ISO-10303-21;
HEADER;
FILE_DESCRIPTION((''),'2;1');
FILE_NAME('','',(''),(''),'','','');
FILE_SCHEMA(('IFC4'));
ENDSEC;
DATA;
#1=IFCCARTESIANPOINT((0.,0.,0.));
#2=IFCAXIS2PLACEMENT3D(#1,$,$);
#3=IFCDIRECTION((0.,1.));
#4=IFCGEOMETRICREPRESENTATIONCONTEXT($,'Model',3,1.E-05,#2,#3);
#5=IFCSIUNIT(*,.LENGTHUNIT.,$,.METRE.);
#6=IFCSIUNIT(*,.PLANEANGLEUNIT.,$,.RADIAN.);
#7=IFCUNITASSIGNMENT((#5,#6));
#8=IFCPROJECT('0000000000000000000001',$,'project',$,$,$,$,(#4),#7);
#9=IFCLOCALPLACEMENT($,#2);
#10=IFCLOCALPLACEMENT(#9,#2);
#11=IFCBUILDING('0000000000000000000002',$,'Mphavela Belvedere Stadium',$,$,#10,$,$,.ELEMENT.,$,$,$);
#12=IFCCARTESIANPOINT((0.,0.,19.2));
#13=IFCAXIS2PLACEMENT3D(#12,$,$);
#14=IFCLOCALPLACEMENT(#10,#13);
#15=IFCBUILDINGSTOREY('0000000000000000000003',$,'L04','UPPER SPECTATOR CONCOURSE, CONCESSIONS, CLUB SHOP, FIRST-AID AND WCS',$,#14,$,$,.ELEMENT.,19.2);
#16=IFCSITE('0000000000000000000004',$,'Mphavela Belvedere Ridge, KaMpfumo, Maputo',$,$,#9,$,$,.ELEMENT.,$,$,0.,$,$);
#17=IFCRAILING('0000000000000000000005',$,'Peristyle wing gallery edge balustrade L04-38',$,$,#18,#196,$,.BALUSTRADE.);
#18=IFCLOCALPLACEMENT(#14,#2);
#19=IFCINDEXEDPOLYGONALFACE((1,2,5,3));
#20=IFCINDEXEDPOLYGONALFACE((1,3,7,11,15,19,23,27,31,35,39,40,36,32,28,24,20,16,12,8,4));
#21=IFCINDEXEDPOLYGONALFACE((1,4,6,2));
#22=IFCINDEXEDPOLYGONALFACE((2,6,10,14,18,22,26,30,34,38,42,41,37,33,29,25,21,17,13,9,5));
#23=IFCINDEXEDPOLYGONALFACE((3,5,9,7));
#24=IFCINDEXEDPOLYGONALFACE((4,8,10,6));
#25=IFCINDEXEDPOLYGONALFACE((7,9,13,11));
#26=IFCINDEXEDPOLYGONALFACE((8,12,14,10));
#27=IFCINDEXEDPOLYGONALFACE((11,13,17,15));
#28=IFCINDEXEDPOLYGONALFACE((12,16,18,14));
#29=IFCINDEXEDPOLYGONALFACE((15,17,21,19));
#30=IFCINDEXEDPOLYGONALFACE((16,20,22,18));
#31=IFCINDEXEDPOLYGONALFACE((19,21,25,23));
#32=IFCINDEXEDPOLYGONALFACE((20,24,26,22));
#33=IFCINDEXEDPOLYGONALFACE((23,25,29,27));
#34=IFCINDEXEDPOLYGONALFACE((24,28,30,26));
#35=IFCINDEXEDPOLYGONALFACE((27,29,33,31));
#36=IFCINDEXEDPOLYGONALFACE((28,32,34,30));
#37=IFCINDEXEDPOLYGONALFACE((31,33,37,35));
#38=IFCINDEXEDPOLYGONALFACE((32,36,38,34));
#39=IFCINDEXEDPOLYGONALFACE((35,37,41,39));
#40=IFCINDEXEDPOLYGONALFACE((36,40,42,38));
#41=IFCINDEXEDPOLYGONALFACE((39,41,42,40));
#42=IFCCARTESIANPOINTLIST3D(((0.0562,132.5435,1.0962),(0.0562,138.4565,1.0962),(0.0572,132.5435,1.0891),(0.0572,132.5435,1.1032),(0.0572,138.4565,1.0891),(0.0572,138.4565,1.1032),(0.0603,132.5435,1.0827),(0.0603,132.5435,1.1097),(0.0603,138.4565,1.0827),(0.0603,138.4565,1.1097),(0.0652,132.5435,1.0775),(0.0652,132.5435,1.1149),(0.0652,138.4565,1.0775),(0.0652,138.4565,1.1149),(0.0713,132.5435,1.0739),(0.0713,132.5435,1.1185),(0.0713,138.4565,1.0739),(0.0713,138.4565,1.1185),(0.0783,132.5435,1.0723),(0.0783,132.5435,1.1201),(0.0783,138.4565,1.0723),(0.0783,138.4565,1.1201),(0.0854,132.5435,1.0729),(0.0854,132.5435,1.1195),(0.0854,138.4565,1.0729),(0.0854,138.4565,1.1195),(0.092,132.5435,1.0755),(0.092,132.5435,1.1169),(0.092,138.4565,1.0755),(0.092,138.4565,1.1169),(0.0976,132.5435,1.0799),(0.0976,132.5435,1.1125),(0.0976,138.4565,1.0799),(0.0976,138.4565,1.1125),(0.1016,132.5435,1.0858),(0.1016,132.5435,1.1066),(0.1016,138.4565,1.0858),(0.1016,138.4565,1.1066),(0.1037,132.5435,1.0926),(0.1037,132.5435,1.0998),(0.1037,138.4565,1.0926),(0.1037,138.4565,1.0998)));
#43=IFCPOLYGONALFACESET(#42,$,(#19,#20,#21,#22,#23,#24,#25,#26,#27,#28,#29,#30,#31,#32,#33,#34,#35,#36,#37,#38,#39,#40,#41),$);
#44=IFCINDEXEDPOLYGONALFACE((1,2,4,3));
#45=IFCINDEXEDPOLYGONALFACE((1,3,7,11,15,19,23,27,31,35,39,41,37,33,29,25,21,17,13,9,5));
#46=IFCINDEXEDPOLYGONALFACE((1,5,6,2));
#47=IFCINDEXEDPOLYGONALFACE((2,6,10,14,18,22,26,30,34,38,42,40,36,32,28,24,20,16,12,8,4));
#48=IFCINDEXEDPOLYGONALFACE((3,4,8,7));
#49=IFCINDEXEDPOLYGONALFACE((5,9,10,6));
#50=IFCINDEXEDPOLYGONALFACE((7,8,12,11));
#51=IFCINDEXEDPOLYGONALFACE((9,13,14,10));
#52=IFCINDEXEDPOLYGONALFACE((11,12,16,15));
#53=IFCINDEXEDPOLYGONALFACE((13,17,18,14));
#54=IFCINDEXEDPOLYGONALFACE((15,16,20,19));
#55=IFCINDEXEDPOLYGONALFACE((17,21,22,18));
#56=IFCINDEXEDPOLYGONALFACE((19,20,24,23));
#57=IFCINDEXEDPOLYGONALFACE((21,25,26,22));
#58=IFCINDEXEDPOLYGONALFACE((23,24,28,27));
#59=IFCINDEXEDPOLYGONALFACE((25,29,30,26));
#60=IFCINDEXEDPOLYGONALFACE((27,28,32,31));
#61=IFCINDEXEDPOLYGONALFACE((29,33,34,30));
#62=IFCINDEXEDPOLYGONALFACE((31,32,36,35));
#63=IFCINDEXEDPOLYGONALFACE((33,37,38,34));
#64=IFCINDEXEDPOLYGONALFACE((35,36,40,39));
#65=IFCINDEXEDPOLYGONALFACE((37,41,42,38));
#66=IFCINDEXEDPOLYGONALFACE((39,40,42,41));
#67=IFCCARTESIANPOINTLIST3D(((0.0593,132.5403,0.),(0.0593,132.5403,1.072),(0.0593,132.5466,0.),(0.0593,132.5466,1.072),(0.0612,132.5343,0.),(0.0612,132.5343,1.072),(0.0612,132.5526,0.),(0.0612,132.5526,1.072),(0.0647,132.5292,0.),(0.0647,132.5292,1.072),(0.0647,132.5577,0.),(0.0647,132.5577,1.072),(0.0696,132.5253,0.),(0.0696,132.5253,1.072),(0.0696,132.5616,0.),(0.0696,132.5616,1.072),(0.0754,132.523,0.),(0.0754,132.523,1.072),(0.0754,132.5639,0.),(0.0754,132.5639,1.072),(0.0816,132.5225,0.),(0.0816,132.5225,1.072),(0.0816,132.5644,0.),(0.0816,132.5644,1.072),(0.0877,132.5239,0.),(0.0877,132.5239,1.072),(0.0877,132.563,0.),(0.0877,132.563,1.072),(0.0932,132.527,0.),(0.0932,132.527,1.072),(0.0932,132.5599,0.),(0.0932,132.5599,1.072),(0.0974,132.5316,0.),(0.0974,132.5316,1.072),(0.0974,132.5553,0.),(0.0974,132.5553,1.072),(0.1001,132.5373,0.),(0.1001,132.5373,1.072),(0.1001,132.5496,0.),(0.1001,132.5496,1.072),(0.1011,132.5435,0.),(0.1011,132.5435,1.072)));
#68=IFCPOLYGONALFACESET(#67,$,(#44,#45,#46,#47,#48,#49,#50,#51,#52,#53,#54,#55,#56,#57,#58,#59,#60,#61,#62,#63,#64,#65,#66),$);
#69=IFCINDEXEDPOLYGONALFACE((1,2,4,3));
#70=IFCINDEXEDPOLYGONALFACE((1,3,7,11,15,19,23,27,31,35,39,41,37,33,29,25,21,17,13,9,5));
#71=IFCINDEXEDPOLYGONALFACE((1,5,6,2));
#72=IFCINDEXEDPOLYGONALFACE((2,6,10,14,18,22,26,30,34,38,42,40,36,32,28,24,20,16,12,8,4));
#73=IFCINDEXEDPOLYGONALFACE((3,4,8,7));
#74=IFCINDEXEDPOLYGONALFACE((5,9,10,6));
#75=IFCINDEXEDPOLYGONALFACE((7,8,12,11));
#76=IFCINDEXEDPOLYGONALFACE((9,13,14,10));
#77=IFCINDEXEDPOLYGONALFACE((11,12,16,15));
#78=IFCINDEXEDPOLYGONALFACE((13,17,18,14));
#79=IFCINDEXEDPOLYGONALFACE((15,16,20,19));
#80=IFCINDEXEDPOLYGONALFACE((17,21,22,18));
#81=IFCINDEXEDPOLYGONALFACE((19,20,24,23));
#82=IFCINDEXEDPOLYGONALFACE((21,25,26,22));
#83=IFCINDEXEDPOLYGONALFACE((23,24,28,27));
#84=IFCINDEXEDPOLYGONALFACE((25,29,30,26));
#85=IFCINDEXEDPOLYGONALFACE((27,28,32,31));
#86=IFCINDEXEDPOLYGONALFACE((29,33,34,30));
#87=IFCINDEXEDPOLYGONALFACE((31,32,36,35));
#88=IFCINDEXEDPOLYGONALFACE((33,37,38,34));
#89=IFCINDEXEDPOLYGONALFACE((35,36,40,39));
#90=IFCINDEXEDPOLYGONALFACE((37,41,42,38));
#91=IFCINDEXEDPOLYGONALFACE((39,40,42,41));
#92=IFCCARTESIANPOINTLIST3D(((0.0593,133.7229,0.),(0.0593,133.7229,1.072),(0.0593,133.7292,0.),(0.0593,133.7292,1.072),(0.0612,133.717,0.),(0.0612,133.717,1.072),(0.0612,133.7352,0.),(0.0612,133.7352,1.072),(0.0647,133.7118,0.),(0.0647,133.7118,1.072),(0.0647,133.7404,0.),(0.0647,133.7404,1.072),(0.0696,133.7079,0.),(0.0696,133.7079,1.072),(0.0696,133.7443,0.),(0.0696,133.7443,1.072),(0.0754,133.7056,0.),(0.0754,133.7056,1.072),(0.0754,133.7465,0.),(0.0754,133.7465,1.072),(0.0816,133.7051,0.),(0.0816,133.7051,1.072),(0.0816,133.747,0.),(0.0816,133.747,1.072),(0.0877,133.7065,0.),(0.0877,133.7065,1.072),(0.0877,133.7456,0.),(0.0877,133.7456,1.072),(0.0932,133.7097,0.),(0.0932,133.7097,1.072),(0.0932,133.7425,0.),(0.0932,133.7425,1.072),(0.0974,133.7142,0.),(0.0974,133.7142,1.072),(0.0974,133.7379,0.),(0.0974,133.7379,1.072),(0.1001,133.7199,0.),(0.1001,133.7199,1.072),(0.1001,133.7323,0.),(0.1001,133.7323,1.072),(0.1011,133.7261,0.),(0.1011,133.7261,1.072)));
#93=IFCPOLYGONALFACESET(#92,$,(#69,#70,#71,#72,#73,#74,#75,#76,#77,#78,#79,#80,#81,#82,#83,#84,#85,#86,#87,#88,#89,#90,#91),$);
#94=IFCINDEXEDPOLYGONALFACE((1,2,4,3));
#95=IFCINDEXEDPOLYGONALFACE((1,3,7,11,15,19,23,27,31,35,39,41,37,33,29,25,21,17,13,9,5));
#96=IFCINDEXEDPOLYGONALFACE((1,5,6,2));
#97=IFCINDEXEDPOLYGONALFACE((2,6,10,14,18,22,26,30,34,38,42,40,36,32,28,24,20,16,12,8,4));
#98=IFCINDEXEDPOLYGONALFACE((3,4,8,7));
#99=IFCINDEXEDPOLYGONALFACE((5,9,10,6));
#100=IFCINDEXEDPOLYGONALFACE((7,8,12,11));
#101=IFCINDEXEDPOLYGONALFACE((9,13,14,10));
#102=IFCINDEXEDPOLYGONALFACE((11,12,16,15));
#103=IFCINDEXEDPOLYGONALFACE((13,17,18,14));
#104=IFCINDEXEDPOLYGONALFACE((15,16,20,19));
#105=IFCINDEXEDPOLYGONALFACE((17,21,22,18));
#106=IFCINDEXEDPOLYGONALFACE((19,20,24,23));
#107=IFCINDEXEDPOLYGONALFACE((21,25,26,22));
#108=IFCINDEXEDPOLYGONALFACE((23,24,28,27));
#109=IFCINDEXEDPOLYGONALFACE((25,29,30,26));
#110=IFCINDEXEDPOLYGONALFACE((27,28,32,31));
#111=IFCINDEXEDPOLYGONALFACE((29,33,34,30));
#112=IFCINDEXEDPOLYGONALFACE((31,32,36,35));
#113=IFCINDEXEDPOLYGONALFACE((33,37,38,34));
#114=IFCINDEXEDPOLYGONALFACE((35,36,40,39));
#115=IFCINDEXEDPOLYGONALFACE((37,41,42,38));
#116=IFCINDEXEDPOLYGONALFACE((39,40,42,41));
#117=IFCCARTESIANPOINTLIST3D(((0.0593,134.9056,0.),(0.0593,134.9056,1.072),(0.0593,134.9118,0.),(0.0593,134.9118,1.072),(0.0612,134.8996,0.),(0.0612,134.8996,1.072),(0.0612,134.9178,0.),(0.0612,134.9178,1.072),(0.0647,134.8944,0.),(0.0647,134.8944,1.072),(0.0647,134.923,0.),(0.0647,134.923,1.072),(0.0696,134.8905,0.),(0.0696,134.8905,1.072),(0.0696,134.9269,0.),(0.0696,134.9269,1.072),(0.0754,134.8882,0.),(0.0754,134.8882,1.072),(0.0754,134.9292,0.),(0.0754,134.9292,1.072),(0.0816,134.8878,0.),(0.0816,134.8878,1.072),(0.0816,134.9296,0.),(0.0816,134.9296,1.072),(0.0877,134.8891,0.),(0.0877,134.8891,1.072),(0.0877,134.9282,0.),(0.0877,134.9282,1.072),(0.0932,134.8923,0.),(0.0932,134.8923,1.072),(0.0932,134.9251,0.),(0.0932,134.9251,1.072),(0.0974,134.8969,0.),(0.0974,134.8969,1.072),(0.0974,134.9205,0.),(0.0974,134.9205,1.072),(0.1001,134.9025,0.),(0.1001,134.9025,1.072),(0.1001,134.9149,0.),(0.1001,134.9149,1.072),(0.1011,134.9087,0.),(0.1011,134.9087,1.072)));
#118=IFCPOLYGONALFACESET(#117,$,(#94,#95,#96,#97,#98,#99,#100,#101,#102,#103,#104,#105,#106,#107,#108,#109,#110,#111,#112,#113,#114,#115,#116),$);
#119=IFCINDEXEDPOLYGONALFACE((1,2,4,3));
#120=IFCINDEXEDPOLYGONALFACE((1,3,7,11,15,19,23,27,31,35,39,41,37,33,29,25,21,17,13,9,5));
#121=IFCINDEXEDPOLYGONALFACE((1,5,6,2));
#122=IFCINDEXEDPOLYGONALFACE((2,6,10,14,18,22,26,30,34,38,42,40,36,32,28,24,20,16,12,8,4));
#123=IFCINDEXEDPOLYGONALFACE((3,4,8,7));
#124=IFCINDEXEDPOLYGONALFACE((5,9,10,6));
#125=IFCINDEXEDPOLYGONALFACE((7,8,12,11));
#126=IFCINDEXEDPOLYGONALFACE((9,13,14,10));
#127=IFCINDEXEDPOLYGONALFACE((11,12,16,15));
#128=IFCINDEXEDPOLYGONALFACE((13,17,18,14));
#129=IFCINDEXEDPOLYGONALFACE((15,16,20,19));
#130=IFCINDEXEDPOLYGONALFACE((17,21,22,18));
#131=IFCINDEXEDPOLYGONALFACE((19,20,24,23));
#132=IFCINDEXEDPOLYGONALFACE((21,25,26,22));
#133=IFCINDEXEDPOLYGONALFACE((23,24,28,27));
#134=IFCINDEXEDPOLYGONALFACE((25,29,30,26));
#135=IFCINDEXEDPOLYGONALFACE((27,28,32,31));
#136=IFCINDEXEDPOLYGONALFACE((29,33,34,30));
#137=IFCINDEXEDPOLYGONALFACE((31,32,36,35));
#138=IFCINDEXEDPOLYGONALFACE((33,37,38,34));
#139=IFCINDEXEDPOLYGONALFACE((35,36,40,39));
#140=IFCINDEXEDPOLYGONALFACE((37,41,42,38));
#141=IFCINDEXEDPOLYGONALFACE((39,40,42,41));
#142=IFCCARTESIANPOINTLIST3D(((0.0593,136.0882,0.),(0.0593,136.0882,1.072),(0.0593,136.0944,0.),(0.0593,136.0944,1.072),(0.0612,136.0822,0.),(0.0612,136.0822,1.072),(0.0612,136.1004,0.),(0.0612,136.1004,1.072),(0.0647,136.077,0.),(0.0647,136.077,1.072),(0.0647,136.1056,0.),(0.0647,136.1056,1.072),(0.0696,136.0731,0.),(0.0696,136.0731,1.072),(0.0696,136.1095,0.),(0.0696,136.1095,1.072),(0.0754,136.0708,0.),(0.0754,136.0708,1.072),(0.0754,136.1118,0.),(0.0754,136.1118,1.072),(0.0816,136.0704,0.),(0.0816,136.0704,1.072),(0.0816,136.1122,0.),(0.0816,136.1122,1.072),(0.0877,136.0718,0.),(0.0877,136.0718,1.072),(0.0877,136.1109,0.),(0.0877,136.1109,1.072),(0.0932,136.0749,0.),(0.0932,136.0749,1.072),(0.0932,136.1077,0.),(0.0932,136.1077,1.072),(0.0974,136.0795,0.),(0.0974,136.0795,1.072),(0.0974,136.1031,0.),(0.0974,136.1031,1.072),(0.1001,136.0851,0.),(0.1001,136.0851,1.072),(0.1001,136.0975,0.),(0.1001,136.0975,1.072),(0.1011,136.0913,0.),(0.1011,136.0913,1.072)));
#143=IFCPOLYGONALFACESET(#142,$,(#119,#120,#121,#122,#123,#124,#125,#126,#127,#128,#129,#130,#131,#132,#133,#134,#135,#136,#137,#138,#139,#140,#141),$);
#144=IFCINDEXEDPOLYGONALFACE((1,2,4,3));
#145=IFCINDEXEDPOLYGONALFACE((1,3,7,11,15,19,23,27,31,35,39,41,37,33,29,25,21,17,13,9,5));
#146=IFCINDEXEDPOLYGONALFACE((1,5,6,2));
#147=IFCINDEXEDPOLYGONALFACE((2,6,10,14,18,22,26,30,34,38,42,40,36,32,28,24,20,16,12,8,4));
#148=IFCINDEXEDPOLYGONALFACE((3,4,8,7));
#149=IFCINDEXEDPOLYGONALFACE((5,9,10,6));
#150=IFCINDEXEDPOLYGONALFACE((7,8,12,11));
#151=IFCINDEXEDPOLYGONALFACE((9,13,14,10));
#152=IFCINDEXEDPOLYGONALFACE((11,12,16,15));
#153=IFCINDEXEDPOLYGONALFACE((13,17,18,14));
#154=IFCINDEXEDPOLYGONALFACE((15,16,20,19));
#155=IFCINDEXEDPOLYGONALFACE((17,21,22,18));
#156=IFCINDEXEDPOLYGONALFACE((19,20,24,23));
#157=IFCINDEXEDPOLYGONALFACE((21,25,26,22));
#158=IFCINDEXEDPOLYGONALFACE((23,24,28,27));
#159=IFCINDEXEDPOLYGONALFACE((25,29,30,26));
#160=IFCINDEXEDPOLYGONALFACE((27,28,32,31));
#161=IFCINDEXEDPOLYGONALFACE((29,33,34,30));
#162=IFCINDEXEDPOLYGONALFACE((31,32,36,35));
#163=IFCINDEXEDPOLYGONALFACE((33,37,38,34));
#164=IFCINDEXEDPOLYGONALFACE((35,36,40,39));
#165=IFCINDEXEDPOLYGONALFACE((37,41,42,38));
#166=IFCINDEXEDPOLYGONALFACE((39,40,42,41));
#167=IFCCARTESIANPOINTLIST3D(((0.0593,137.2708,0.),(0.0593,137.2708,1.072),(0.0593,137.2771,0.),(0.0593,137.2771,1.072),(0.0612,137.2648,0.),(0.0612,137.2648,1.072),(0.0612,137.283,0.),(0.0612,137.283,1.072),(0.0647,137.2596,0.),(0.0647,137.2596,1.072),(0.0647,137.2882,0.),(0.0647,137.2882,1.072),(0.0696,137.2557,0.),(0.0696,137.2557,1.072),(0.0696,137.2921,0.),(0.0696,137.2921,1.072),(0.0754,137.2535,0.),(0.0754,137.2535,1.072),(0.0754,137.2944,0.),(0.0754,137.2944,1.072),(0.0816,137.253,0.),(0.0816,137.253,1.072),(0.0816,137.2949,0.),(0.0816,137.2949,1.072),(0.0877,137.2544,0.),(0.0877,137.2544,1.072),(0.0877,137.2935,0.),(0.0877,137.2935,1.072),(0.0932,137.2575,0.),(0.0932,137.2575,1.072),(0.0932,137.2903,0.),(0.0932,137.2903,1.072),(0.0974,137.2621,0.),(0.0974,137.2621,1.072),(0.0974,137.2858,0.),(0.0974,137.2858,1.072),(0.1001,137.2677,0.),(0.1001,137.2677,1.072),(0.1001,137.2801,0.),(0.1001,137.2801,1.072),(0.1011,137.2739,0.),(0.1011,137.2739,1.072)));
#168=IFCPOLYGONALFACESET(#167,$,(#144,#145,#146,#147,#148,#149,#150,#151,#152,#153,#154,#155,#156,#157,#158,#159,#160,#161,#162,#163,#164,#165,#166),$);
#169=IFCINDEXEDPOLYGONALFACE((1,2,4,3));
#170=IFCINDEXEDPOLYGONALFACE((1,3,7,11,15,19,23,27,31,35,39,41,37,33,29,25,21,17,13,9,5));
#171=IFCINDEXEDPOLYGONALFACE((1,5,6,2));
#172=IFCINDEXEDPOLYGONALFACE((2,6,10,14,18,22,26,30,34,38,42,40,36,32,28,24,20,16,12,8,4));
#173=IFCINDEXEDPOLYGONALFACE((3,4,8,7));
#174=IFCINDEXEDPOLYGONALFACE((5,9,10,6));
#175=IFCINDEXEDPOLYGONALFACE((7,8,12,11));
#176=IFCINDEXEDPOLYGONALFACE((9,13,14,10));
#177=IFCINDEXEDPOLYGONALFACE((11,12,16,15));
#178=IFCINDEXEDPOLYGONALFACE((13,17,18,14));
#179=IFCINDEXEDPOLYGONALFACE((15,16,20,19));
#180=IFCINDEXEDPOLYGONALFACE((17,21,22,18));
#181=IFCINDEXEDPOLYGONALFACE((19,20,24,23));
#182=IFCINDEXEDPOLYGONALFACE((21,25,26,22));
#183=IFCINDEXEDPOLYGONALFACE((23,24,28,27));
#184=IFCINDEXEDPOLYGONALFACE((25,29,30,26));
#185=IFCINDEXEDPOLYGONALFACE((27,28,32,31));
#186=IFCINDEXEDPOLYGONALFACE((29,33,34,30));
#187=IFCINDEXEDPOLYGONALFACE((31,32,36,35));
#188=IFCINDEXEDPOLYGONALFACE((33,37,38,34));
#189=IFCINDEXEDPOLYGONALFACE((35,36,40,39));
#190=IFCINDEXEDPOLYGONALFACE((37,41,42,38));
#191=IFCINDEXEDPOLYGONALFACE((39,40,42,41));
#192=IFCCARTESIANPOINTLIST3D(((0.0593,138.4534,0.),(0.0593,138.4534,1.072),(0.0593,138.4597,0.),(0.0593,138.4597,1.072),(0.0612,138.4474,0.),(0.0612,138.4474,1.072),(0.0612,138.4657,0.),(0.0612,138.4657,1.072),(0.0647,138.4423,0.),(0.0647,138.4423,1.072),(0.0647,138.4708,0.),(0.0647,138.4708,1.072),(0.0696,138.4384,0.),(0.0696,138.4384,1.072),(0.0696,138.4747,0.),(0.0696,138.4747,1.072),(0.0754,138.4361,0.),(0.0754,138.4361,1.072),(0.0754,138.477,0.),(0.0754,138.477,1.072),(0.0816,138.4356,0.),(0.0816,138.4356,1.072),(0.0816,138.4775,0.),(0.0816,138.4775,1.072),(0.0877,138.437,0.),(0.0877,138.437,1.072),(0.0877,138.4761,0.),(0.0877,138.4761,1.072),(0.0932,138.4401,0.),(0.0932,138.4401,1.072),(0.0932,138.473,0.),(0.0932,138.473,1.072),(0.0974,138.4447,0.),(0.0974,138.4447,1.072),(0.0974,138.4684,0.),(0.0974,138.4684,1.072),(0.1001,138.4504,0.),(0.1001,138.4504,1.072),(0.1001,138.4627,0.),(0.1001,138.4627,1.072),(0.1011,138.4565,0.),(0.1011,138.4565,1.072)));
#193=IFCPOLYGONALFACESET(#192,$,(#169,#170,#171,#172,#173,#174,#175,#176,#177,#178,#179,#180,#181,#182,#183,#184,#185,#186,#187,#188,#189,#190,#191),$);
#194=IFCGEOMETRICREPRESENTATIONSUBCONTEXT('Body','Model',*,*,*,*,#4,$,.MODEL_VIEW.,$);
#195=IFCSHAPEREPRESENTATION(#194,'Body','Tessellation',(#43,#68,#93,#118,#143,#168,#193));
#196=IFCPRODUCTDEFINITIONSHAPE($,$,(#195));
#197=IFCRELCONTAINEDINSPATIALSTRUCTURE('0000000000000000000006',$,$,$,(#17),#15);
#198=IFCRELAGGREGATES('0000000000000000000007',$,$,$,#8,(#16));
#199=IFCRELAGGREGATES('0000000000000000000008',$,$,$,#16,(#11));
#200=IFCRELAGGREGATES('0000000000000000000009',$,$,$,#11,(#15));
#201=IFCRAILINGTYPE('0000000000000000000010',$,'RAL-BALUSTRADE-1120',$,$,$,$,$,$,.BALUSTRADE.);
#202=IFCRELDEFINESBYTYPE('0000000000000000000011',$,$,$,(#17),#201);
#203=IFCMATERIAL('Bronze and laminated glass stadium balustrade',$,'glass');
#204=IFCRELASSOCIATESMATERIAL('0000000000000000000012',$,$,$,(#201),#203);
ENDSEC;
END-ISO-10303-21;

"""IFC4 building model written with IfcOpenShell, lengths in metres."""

from ifc_helpers import new_model, si_unit, direction, frame, origin, origin_2d, place, context, subcontext, project, spatial, circle, extrude, material, type_object, element, save


model = new_model("IFC4")

# Units and contexts
model_context = context("Model", 3, precision=1e-05, world=origin(), true_north=direction((0.0, 1.0)))
body_context = subcontext(model_context, "Body", "Model", "MODEL_VIEW")
ifc_project = project(units=[si_unit("LENGTHUNIT", "METRE"), si_unit("PLANEANGLEUNIT", "RADIAN")], contexts=[model_context])

# Site, building, storey
site_placement = place(None, origin())
site = spatial("IfcSite", under=ifc_project, at=site_placement, Name="Mphavela Belvedere Ridge, KaMpfumo, Maputo", CompositionType="ELEMENT", RefElevation=0.0)
building_placement = place(site_placement, origin())
building = spatial("IfcBuilding", under=site, at=building_placement, Name="Mphavela Belvedere Stadium", CompositionType="ELEMENT")
storey_placement = place(building_placement, frame((0.0, 0.0, 19.2)))
storey = spatial("IfcBuildingStorey", under=building, at=storey_placement, Name="L04", Description="UPPER SPECTATOR CONCOURSE, CONCESSIONS, CLUB SHOP, FIRST-AID AND WCS", CompositionType="ELEMENT", Elevation=19.2)

# Railing
ifc_material_1 = material(Name="Bronze and laminated glass stadium balustrade", Category="glass")
railing_type = type_object("IfcRailingType", Name="RAL-BALUSTRADE-1120", PredefinedType="BALUSTRADE", material=ifc_material_1)
for number, where, name in (
    (1, (0.0801, 132.5435, 0.0), "Peristyle wing gallery edge balustrade L04-38"),
):
    element("IfcRailing", number, at=place(storey_placement, frame(where)), inside=storey, type_object=railing_type, Name=name, PredefinedType="BALUSTRADE", context=body_context, shape_type="SweptSolid", body=[
        extrude(circle(Radius=0.0239, at=origin_2d()), frame((0.0, 0.0, 1.0962), z_axis=(0.0, 1.0, 0.0), x_axis=(-1.0, 0.0, 0.0)), (0.0, 0.0, 1.0), 5.9131),
        extrude(circle(Radius=0.021, at=origin_2d()), origin(), (0.0, 0.0, 1.0), 1.072),
        extrude(circle(Radius=0.021, at=origin_2d()), frame((0.0, 1.1826, 0.0)), (0.0, 0.0, 1.0), 1.072),
        extrude(circle(Radius=0.021, at=origin_2d()), frame((0.0, 2.3652, 0.0)), (0.0, 0.0, 1.0), 1.072),
        extrude(circle(Radius=0.021, at=origin_2d()), frame((0.0, 3.5479, 0.0)), (0.0, 0.0, 1.0), 1.072),
        extrude(circle(Radius=0.021, at=origin_2d()), frame((0.0, 4.7305, 0.0)), (0.0, 0.0, 1.0), 1.072),
        extrude(circle(Radius=0.021, at=origin_2d()), frame((0.0, 5.9131, 0.0)), (0.0, 0.0, 1.0), 1.072),
    ])

save(model, "model.ifc")
